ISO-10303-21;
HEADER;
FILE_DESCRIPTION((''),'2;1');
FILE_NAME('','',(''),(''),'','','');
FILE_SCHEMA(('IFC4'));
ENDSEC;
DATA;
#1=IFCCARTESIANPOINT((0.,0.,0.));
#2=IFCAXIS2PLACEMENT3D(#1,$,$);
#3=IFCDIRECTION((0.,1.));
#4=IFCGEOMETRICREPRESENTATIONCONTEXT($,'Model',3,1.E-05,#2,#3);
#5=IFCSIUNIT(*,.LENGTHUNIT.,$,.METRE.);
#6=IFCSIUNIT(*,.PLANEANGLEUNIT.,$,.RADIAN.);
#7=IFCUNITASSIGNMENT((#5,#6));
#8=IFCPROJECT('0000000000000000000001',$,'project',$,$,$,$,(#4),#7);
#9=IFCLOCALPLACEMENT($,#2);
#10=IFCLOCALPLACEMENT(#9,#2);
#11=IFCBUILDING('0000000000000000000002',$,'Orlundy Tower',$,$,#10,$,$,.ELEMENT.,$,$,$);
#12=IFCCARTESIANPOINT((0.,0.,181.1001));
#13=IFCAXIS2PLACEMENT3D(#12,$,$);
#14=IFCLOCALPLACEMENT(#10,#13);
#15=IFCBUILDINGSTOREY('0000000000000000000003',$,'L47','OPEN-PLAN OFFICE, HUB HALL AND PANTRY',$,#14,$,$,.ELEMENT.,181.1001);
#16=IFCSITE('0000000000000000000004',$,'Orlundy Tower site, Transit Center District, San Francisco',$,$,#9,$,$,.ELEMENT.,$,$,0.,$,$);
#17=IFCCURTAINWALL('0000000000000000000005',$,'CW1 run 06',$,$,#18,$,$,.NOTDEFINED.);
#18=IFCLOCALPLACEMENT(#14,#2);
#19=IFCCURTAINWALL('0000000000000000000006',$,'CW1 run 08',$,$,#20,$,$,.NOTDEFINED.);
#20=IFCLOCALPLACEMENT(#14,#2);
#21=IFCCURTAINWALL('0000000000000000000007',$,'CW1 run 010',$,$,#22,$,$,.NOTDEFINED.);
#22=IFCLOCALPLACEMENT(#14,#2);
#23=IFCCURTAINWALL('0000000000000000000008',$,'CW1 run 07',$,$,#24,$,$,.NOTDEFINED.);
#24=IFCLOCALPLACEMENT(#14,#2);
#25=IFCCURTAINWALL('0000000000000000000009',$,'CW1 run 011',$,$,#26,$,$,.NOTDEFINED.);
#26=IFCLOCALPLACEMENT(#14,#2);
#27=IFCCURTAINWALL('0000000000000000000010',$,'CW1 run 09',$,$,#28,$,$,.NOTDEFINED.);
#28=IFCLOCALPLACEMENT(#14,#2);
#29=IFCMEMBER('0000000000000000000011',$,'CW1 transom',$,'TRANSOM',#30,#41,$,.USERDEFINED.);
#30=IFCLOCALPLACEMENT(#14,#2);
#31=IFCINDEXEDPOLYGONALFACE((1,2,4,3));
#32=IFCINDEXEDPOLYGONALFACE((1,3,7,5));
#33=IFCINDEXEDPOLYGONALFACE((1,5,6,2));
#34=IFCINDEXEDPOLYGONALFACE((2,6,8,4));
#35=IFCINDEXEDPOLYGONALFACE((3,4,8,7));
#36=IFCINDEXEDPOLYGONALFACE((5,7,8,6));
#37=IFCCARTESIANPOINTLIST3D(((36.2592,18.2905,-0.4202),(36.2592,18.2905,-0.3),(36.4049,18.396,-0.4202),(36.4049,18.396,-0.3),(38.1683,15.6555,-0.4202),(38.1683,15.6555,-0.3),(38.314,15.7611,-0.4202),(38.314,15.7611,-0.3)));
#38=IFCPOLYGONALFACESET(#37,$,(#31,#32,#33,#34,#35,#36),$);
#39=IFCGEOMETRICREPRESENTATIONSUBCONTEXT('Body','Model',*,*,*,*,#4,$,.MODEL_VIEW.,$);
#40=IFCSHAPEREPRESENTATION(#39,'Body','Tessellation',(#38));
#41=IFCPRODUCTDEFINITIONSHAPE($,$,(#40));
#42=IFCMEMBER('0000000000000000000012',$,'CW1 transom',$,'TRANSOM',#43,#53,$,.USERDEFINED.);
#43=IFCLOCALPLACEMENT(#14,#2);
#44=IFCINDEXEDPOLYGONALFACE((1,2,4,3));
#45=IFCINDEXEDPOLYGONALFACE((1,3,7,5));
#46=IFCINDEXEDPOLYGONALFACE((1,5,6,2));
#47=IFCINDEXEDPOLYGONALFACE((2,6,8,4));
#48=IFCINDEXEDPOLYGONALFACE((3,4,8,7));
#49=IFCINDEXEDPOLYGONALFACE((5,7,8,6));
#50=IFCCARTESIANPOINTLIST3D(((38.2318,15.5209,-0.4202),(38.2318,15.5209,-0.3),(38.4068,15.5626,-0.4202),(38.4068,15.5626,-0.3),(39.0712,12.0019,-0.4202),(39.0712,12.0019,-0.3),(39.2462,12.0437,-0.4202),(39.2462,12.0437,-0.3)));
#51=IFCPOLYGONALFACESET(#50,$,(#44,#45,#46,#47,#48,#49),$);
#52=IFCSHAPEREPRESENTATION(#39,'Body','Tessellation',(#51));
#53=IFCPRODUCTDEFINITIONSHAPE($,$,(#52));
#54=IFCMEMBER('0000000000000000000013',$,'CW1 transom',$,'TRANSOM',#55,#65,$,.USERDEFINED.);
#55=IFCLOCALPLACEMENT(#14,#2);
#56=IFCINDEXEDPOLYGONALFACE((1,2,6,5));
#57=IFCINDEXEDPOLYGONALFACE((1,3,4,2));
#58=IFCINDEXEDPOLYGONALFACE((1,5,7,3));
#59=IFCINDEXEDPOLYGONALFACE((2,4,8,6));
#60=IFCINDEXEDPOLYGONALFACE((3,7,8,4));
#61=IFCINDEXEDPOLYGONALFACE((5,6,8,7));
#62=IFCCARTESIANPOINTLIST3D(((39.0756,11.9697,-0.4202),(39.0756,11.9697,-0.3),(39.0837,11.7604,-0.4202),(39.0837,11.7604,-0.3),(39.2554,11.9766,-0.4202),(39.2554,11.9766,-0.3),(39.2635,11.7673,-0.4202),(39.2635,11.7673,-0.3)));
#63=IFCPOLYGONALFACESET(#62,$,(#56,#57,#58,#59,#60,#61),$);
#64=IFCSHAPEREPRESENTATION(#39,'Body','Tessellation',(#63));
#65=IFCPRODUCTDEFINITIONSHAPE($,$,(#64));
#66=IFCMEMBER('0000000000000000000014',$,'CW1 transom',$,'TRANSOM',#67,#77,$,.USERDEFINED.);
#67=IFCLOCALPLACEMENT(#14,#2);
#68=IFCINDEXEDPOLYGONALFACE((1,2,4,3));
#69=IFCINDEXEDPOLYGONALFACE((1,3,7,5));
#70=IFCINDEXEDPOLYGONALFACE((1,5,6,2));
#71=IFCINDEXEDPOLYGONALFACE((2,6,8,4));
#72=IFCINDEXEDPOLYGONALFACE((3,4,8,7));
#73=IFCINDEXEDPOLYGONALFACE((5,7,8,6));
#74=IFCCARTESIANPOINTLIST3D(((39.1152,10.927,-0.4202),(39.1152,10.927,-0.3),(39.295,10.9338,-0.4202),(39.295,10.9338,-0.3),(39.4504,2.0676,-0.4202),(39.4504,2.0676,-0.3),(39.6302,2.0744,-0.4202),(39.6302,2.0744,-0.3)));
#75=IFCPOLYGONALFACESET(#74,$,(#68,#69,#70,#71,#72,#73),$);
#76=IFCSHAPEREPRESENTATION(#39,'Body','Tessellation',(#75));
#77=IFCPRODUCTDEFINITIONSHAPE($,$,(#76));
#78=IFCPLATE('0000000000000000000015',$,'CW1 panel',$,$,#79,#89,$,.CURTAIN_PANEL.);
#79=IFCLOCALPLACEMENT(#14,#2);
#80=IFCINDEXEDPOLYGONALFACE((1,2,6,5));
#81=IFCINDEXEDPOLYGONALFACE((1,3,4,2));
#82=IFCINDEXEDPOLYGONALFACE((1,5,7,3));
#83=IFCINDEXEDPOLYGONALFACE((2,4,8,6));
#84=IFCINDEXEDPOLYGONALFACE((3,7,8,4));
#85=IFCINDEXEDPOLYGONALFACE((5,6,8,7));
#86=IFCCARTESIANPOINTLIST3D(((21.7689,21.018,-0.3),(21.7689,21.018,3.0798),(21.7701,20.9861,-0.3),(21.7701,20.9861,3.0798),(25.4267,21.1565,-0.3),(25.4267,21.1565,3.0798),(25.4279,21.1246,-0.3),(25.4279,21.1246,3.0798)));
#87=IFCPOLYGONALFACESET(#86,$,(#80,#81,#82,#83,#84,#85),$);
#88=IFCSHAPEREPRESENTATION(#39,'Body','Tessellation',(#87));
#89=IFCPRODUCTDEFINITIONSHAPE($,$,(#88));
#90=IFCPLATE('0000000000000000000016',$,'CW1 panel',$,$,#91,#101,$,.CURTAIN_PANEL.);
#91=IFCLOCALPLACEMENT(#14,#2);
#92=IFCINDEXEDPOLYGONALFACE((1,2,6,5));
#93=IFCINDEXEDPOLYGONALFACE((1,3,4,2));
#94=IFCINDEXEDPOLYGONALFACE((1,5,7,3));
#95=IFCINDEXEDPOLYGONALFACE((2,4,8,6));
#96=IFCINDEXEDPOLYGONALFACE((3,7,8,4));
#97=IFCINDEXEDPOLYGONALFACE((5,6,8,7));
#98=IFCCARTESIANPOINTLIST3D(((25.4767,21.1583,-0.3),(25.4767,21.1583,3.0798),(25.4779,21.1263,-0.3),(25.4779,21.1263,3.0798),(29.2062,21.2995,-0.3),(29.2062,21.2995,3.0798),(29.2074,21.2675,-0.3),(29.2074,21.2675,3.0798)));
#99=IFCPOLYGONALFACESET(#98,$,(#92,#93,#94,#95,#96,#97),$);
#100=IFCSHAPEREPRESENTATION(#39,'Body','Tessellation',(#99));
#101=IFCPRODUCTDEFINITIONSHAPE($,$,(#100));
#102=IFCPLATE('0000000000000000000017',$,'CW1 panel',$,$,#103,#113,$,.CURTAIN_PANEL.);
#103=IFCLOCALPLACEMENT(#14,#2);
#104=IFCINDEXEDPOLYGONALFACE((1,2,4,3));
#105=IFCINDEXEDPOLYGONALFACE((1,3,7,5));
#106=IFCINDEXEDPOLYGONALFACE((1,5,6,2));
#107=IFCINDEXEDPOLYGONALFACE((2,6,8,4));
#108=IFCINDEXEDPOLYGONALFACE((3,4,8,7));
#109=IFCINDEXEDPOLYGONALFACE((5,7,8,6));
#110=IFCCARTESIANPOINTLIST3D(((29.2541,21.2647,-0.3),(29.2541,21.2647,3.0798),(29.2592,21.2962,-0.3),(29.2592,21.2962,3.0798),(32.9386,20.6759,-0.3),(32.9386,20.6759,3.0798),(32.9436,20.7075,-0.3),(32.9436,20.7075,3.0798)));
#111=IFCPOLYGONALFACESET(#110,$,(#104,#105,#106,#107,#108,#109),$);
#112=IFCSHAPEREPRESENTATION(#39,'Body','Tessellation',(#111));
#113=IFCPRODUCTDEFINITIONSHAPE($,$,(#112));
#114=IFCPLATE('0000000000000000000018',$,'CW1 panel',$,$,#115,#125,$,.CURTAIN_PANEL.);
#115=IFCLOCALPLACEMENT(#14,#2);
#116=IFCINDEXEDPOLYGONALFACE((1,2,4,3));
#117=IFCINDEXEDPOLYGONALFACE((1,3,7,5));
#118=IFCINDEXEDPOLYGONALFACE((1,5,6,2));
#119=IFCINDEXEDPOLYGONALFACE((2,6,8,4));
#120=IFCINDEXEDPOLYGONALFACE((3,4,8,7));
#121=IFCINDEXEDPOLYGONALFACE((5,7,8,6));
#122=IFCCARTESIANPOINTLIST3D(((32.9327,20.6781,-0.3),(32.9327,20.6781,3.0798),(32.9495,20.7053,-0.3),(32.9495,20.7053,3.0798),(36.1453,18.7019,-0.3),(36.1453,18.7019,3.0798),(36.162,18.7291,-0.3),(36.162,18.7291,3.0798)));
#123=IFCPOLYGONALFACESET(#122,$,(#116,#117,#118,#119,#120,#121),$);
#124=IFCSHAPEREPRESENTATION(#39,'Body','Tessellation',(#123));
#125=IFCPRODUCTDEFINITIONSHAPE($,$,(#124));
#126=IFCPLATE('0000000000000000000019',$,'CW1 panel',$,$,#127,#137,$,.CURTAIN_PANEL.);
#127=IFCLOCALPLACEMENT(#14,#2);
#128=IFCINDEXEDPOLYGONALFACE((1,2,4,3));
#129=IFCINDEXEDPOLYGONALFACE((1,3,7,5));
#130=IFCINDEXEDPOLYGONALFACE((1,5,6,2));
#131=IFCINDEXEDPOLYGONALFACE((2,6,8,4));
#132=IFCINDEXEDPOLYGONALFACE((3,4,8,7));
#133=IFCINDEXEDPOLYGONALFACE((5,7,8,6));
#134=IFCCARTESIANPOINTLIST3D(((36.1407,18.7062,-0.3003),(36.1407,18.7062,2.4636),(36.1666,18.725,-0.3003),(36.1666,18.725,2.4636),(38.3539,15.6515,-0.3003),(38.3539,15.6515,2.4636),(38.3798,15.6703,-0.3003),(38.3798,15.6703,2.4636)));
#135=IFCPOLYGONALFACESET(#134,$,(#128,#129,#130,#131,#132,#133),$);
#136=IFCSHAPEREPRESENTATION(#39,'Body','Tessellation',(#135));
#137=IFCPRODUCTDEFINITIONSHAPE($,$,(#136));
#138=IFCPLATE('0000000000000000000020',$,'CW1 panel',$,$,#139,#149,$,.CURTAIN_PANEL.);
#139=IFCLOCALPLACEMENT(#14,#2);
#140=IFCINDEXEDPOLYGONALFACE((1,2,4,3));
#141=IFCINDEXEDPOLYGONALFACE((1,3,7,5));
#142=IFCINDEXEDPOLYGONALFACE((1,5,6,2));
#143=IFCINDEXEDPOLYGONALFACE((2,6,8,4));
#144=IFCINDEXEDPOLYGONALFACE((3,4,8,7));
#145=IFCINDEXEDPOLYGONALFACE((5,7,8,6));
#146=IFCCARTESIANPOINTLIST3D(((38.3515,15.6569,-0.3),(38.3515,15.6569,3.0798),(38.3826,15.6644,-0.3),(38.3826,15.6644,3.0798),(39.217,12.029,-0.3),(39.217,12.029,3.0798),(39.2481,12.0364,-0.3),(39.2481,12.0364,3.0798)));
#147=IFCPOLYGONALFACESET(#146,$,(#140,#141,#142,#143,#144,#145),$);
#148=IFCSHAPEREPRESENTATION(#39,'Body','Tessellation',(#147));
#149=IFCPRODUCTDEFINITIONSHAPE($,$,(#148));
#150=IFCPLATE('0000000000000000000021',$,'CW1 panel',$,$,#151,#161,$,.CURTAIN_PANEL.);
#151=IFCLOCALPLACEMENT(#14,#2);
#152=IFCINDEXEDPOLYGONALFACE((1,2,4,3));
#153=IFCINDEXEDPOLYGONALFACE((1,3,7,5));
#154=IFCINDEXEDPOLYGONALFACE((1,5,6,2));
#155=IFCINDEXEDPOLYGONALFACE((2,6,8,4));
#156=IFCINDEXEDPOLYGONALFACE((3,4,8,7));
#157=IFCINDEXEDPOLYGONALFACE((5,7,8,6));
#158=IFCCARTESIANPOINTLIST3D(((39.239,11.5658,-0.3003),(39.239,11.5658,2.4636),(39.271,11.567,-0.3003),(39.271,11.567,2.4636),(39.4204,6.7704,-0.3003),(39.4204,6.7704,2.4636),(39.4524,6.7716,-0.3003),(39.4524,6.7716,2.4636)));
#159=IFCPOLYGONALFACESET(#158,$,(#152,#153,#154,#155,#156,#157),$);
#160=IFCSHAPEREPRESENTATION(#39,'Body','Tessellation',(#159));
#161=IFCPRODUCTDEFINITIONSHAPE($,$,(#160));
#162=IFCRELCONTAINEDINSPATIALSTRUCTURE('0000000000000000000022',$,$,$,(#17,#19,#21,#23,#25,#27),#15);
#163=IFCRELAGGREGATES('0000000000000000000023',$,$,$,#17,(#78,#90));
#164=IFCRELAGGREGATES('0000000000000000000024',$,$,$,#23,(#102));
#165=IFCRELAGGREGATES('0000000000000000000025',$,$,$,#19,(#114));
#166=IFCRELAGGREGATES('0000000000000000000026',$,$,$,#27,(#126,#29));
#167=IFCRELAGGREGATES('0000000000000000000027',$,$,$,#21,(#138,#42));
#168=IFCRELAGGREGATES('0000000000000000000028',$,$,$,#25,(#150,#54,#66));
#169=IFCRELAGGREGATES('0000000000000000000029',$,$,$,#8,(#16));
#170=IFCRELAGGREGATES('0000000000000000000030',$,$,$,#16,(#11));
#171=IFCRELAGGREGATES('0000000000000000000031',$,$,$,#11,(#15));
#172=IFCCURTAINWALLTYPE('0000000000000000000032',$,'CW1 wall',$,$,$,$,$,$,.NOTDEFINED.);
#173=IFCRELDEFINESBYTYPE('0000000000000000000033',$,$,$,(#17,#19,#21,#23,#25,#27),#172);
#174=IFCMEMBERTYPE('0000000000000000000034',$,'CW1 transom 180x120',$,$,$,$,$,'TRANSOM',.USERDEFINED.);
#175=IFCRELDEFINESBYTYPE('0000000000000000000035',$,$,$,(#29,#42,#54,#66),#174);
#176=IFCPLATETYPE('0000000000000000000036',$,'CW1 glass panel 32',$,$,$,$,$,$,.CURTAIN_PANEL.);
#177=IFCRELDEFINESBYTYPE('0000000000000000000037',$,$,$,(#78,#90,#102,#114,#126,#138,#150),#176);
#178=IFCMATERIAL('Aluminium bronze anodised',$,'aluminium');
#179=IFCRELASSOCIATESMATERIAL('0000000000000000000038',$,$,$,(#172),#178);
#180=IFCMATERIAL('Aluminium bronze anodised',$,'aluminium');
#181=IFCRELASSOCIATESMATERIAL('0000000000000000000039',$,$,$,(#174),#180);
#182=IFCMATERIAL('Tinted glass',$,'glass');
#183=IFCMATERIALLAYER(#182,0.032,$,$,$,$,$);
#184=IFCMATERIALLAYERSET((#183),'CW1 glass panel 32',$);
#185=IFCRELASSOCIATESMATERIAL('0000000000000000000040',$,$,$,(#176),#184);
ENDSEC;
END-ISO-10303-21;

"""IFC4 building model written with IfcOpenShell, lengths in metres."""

from ifc_helpers import new_model, si_unit, direction, frame, origin, origin_2d, place, context, subcontext, project, spatial, rectangle, extrude, material, layer, layer_set, material_profile, profile_set, type_object, element, aggregate, save


model = new_model("IFC4")

# Units and contexts
model_context = context("Model", 3, precision=1e-05, world=origin(), true_north=direction((0.0, 1.0)))
body_context = subcontext(model_context, "Body", "Model", "MODEL_VIEW")
ifc_project = project(units=[si_unit("LENGTHUNIT", "METRE"), si_unit("PLANEANGLEUNIT", "RADIAN")], contexts=[model_context])

# Site, building, storey
site_placement = place(None, origin())
site = spatial("IfcSite", under=ifc_project, at=site_placement, Name="Orlundy Tower site, Transit Center District, San Francisco", CompositionType="ELEMENT", RefElevation=0.0)
building_placement = place(site_placement, origin())
building = spatial("IfcBuilding", under=site, at=building_placement, Name="Orlundy Tower", CompositionType="ELEMENT")
storey_placement = place(building_placement, frame((0.0, 0.0, 181.1001)))
storey = spatial("IfcBuildingStorey", under=building, at=storey_placement, Name="L47", Description="OPEN-PLAN OFFICE, HUB HALL AND PANTRY", CompositionType="ELEMENT", Elevation=181.1001)

# Curtain walls
ifc_material_1 = material(Name="Aluminium bronze anodised", Category="aluminium")
curtain_wall_type = type_object("IfcCurtainWallType", Name="CW1 wall", PredefinedType="NOTDEFINED", material=ifc_material_1)
curtain_wall_1_placement = place(storey_placement, origin())
curtain_wall_1 = element("IfcCurtainWall", 1, at=curtain_wall_1_placement, inside=storey, type_object=curtain_wall_type, Name="CW1 run 06", PredefinedType="NOTDEFINED")
curtain_wall_2_placement = place(storey_placement, origin())
curtain_wall_2 = element("IfcCurtainWall", 2, at=curtain_wall_2_placement, inside=storey, type_object=curtain_wall_type, Name="CW1 run 08", PredefinedType="NOTDEFINED")
curtain_wall_3_placement = place(storey_placement, origin())
curtain_wall_3 = element("IfcCurtainWall", 3, at=curtain_wall_3_placement, inside=storey, type_object=curtain_wall_type, Name="CW1 run 010", PredefinedType="NOTDEFINED")

# Curtain walls
curtain_wall_4_placement = place(storey_placement, origin())
curtain_wall_4 = element("IfcCurtainWall", 4, at=curtain_wall_4_placement, inside=storey, type_object=curtain_wall_type, Name="CW1 run 07", PredefinedType="NOTDEFINED")
curtain_wall_5_placement = place(storey_placement, origin())
curtain_wall_5 = element("IfcCurtainWall", 5, at=curtain_wall_5_placement, inside=storey, type_object=curtain_wall_type, Name="CW1 run 011", PredefinedType="NOTDEFINED")

# Shared definitions
ifc_material_2 = material(Name="Aluminium bronze anodised", Category="aluminium")
ifc_material_profile_1 = material_profile(ifc_material_2, rectangle(XDim=0.1799, YDim=0.1201, at=origin_2d()), Name="CW1 transom 180x120")
ifc_profile_set_1 = profile_set([ifc_material_profile_1], Name="Aluminium bronze anodised")
member_type_1 = type_object("IfcMemberType", Name="CW1 transom 180x120", ElementType="TRANSOM", PredefinedType="USERDEFINED", material=ifc_profile_set_1)

# Curtain wall, member
curtain_wall_6_placement = place(storey_placement, origin())
curtain_wall_6 = element("IfcCurtainWall", 6, at=curtain_wall_6_placement, inside=storey, type_object=curtain_wall_type, Name="CW1 run 09", PredefinedType="NOTDEFINED")
member_1_placement = place(storey_placement, frame((36.332, 18.3433, -0.3601), z_axis=(0.586725, -0.809786, 0.0), x_axis=(0.809786, 0.586725, 0.0)))
member_1 = element("IfcMember", 7, at=member_1_placement, type_object=member_type_1, Name="CW1 transom", ObjectType="TRANSOM", PredefinedType="USERDEFINED", context=body_context, shape_type="SweptSolid", body=[
    extrude(rectangle(XDim=0.1799, YDim=0.1201, at=origin_2d()), origin(), (0.0, 0.0, 1.0), 3.2539),
])

# Members
member_2_placement = place(storey_placement, frame((38.3193, 15.5417, -0.3601), z_axis=(0.23201, -0.972713, 0.0), x_axis=(0.972713, 0.23201, 0.0)))
member_2 = element("IfcMember", 8, at=member_2_placement, type_object=member_type_1, Name="CW1 transom", ObjectType="TRANSOM", PredefinedType="USERDEFINED", context=body_context, shape_type="SweptSolid", body=[
    extrude(rectangle(XDim=0.1799, YDim=0.1201, at=origin_2d()), origin(), (0.0, 0.0, 1.0), 3.6177),
])
member_3_placement = place(storey_placement, frame((39.1655, 11.9731, -0.3601), z_axis=(0.038478, -0.999259, 0.0), x_axis=(0.999259, 0.038478, 0.0)))
member_3 = element("IfcMember", 9, at=member_3_placement, type_object=member_type_1, Name="CW1 transom", ObjectType="TRANSOM", PredefinedType="USERDEFINED", context=body_context, shape_type="SweptSolid", body=[
    extrude(rectangle(XDim=0.1799, YDim=0.1201, at=origin_2d()), origin(), (0.0, 0.0, 1.0), 0.2095),
])
member_4_placement = place(storey_placement, frame((39.2051, 10.9304, -0.3601), z_axis=(0.037809, -0.999285, 0.0), x_axis=(0.999285, 0.037809, 0.0)))
member_4 = element("IfcMember", 10, at=member_4_placement, type_object=member_type_1, Name="CW1 transom", ObjectType="TRANSOM", PredefinedType="USERDEFINED", context=body_context, shape_type="SweptSolid", body=[
    extrude(rectangle(XDim=0.1799, YDim=0.1201, at=origin_2d()), origin(), (0.0, 0.0, 1.0), 8.8657),
])

# Plates
ifc_material_3 = material(Name="Tinted glass", Category="glass")
ifc_layer_1 = layer(ifc_material_3, 0.032)
ifc_layer_set_1 = layer_set([ifc_layer_1], Name="CW1 glass panel 32")
plate_type = type_object("IfcPlateType", Name="CW1 glass panel 32", PredefinedType="CURTAIN_PANEL", material=ifc_layer_set_1)
plate_1_placement = place(storey_placement, frame((23.5984, 21.0713, -0.3), z_axis=(0.0, 0.0, 1.0), x_axis=(0.999284, 0.037837, 0.0)))
plate_1 = element("IfcPlate", 11, at=plate_1_placement, type_object=plate_type, Name="CW1 panel", PredefinedType="CURTAIN_PANEL", context=body_context, shape_type="SweptSolid", body=[
    extrude(rectangle(XDim=3.6604, YDim=0.032, at=origin_2d()), origin(), (0.0, 0.0, 1.0), 3.3799),
])
plate_2_placement = place(storey_placement, frame((27.342, 21.2129, -0.3), z_axis=(0.0, 0.0, 1.0), x_axis=(0.999284, 0.037837, 0.0)))
plate_2 = element("IfcPlate", 12, at=plate_2_placement, type_object=plate_type, Name="CW1 panel", PredefinedType="CURTAIN_PANEL", context=body_context, shape_type="SweptSolid", body=[
    extrude(rectangle(XDim=3.7322, YDim=0.032, at=origin_2d()), origin(), (0.0, 0.0, 1.0), 3.3799),
])
aggregate(curtain_wall_1, [plate_1, plate_2])
plate_3_placement = place(storey_placement, frame((31.0989, 20.9861, -0.3), z_axis=(0.0, 0.0, 1.0), x_axis=(0.987473, -0.157791, 0.0)))
plate_3 = element("IfcPlate", 13, at=plate_3_placement, type_object=plate_type, Name="CW1 panel", PredefinedType="CURTAIN_PANEL", context=body_context, shape_type="SweptSolid", body=[
    extrude(rectangle(XDim=3.7312, YDim=0.032, at=origin_2d()), origin(), (0.0, 0.0, 1.0), 3.3799),
])
aggregate(curtain_wall_4, [plate_3])
plate_4_placement = place(storey_placement, frame((34.5474, 19.7036, -0.3), z_axis=(0.0, 0.0, 1.0), x_axis=(0.851751, -0.523947, 0.0)))
plate_4 = element("IfcPlate", 14, at=plate_4_placement, type_object=plate_type, Name="CW1 panel", PredefinedType="CURTAIN_PANEL", context=body_context, shape_type="SweptSolid", body=[
    extrude(rectangle(XDim=3.7717, YDim=0.032, at=origin_2d()), origin(), (0.0, 0.0, 1.0), 3.3799),
])
aggregate(curtain_wall_2, [plate_4])
plate_5_placement = place(storey_placement, frame((37.2603, 17.1882, -0.3003), z_axis=(0.0, 0.0, 1.0), x_axis=(0.586711, -0.809796, 0.0)))
plate_5 = element("IfcPlate", 15, at=plate_5_placement, type_object=plate_type, Name="CW1 panel", PredefinedType="CURTAIN_PANEL", context=body_context, shape_type="SweptSolid", body=[
    extrude(rectangle(XDim=3.7722, YDim=0.032, at=origin_2d()), origin(), (0.0, 0.0, 1.0), 2.7639),
])
aggregate(curtain_wall_6, [plate_5, member_1])
plate_6_placement = place(storey_placement, frame((38.7998, 13.8467, -0.3), z_axis=(0.0, 0.0, 1.0), x_axis=(0.232046, -0.972705, 0.0)))
plate_6 = element("IfcPlate", 16, at=plate_6_placement, type_object=plate_type, Name="CW1 panel", PredefinedType="CURTAIN_PANEL", context=body_context, shape_type="SweptSolid", body=[
    extrude(rectangle(XDim=3.7297, YDim=0.032, at=origin_2d()), origin(), (0.0, 0.0, 1.0), 3.3799),
])
aggregate(curtain_wall_3, [plate_6, member_2])
plate_7_placement = place(storey_placement, frame((39.3457, 9.1687, -0.3003), z_axis=(0.0, 0.0, 1.0), x_axis=(0.037809, -0.999285, 0.0)))
plate_7 = element("IfcPlate", 17, at=plate_7_placement, type_object=plate_type, Name="CW1 panel", PredefinedType="CURTAIN_PANEL", context=body_context, shape_type="SweptSolid", body=[
    extrude(rectangle(XDim=4.7988, YDim=0.032, at=origin_2d()), origin(), (0.0, 0.0, 1.0), 2.7639),
])
aggregate(curtain_wall_5, [plate_7, member_3, member_4])

save(model, "model.ifc")
